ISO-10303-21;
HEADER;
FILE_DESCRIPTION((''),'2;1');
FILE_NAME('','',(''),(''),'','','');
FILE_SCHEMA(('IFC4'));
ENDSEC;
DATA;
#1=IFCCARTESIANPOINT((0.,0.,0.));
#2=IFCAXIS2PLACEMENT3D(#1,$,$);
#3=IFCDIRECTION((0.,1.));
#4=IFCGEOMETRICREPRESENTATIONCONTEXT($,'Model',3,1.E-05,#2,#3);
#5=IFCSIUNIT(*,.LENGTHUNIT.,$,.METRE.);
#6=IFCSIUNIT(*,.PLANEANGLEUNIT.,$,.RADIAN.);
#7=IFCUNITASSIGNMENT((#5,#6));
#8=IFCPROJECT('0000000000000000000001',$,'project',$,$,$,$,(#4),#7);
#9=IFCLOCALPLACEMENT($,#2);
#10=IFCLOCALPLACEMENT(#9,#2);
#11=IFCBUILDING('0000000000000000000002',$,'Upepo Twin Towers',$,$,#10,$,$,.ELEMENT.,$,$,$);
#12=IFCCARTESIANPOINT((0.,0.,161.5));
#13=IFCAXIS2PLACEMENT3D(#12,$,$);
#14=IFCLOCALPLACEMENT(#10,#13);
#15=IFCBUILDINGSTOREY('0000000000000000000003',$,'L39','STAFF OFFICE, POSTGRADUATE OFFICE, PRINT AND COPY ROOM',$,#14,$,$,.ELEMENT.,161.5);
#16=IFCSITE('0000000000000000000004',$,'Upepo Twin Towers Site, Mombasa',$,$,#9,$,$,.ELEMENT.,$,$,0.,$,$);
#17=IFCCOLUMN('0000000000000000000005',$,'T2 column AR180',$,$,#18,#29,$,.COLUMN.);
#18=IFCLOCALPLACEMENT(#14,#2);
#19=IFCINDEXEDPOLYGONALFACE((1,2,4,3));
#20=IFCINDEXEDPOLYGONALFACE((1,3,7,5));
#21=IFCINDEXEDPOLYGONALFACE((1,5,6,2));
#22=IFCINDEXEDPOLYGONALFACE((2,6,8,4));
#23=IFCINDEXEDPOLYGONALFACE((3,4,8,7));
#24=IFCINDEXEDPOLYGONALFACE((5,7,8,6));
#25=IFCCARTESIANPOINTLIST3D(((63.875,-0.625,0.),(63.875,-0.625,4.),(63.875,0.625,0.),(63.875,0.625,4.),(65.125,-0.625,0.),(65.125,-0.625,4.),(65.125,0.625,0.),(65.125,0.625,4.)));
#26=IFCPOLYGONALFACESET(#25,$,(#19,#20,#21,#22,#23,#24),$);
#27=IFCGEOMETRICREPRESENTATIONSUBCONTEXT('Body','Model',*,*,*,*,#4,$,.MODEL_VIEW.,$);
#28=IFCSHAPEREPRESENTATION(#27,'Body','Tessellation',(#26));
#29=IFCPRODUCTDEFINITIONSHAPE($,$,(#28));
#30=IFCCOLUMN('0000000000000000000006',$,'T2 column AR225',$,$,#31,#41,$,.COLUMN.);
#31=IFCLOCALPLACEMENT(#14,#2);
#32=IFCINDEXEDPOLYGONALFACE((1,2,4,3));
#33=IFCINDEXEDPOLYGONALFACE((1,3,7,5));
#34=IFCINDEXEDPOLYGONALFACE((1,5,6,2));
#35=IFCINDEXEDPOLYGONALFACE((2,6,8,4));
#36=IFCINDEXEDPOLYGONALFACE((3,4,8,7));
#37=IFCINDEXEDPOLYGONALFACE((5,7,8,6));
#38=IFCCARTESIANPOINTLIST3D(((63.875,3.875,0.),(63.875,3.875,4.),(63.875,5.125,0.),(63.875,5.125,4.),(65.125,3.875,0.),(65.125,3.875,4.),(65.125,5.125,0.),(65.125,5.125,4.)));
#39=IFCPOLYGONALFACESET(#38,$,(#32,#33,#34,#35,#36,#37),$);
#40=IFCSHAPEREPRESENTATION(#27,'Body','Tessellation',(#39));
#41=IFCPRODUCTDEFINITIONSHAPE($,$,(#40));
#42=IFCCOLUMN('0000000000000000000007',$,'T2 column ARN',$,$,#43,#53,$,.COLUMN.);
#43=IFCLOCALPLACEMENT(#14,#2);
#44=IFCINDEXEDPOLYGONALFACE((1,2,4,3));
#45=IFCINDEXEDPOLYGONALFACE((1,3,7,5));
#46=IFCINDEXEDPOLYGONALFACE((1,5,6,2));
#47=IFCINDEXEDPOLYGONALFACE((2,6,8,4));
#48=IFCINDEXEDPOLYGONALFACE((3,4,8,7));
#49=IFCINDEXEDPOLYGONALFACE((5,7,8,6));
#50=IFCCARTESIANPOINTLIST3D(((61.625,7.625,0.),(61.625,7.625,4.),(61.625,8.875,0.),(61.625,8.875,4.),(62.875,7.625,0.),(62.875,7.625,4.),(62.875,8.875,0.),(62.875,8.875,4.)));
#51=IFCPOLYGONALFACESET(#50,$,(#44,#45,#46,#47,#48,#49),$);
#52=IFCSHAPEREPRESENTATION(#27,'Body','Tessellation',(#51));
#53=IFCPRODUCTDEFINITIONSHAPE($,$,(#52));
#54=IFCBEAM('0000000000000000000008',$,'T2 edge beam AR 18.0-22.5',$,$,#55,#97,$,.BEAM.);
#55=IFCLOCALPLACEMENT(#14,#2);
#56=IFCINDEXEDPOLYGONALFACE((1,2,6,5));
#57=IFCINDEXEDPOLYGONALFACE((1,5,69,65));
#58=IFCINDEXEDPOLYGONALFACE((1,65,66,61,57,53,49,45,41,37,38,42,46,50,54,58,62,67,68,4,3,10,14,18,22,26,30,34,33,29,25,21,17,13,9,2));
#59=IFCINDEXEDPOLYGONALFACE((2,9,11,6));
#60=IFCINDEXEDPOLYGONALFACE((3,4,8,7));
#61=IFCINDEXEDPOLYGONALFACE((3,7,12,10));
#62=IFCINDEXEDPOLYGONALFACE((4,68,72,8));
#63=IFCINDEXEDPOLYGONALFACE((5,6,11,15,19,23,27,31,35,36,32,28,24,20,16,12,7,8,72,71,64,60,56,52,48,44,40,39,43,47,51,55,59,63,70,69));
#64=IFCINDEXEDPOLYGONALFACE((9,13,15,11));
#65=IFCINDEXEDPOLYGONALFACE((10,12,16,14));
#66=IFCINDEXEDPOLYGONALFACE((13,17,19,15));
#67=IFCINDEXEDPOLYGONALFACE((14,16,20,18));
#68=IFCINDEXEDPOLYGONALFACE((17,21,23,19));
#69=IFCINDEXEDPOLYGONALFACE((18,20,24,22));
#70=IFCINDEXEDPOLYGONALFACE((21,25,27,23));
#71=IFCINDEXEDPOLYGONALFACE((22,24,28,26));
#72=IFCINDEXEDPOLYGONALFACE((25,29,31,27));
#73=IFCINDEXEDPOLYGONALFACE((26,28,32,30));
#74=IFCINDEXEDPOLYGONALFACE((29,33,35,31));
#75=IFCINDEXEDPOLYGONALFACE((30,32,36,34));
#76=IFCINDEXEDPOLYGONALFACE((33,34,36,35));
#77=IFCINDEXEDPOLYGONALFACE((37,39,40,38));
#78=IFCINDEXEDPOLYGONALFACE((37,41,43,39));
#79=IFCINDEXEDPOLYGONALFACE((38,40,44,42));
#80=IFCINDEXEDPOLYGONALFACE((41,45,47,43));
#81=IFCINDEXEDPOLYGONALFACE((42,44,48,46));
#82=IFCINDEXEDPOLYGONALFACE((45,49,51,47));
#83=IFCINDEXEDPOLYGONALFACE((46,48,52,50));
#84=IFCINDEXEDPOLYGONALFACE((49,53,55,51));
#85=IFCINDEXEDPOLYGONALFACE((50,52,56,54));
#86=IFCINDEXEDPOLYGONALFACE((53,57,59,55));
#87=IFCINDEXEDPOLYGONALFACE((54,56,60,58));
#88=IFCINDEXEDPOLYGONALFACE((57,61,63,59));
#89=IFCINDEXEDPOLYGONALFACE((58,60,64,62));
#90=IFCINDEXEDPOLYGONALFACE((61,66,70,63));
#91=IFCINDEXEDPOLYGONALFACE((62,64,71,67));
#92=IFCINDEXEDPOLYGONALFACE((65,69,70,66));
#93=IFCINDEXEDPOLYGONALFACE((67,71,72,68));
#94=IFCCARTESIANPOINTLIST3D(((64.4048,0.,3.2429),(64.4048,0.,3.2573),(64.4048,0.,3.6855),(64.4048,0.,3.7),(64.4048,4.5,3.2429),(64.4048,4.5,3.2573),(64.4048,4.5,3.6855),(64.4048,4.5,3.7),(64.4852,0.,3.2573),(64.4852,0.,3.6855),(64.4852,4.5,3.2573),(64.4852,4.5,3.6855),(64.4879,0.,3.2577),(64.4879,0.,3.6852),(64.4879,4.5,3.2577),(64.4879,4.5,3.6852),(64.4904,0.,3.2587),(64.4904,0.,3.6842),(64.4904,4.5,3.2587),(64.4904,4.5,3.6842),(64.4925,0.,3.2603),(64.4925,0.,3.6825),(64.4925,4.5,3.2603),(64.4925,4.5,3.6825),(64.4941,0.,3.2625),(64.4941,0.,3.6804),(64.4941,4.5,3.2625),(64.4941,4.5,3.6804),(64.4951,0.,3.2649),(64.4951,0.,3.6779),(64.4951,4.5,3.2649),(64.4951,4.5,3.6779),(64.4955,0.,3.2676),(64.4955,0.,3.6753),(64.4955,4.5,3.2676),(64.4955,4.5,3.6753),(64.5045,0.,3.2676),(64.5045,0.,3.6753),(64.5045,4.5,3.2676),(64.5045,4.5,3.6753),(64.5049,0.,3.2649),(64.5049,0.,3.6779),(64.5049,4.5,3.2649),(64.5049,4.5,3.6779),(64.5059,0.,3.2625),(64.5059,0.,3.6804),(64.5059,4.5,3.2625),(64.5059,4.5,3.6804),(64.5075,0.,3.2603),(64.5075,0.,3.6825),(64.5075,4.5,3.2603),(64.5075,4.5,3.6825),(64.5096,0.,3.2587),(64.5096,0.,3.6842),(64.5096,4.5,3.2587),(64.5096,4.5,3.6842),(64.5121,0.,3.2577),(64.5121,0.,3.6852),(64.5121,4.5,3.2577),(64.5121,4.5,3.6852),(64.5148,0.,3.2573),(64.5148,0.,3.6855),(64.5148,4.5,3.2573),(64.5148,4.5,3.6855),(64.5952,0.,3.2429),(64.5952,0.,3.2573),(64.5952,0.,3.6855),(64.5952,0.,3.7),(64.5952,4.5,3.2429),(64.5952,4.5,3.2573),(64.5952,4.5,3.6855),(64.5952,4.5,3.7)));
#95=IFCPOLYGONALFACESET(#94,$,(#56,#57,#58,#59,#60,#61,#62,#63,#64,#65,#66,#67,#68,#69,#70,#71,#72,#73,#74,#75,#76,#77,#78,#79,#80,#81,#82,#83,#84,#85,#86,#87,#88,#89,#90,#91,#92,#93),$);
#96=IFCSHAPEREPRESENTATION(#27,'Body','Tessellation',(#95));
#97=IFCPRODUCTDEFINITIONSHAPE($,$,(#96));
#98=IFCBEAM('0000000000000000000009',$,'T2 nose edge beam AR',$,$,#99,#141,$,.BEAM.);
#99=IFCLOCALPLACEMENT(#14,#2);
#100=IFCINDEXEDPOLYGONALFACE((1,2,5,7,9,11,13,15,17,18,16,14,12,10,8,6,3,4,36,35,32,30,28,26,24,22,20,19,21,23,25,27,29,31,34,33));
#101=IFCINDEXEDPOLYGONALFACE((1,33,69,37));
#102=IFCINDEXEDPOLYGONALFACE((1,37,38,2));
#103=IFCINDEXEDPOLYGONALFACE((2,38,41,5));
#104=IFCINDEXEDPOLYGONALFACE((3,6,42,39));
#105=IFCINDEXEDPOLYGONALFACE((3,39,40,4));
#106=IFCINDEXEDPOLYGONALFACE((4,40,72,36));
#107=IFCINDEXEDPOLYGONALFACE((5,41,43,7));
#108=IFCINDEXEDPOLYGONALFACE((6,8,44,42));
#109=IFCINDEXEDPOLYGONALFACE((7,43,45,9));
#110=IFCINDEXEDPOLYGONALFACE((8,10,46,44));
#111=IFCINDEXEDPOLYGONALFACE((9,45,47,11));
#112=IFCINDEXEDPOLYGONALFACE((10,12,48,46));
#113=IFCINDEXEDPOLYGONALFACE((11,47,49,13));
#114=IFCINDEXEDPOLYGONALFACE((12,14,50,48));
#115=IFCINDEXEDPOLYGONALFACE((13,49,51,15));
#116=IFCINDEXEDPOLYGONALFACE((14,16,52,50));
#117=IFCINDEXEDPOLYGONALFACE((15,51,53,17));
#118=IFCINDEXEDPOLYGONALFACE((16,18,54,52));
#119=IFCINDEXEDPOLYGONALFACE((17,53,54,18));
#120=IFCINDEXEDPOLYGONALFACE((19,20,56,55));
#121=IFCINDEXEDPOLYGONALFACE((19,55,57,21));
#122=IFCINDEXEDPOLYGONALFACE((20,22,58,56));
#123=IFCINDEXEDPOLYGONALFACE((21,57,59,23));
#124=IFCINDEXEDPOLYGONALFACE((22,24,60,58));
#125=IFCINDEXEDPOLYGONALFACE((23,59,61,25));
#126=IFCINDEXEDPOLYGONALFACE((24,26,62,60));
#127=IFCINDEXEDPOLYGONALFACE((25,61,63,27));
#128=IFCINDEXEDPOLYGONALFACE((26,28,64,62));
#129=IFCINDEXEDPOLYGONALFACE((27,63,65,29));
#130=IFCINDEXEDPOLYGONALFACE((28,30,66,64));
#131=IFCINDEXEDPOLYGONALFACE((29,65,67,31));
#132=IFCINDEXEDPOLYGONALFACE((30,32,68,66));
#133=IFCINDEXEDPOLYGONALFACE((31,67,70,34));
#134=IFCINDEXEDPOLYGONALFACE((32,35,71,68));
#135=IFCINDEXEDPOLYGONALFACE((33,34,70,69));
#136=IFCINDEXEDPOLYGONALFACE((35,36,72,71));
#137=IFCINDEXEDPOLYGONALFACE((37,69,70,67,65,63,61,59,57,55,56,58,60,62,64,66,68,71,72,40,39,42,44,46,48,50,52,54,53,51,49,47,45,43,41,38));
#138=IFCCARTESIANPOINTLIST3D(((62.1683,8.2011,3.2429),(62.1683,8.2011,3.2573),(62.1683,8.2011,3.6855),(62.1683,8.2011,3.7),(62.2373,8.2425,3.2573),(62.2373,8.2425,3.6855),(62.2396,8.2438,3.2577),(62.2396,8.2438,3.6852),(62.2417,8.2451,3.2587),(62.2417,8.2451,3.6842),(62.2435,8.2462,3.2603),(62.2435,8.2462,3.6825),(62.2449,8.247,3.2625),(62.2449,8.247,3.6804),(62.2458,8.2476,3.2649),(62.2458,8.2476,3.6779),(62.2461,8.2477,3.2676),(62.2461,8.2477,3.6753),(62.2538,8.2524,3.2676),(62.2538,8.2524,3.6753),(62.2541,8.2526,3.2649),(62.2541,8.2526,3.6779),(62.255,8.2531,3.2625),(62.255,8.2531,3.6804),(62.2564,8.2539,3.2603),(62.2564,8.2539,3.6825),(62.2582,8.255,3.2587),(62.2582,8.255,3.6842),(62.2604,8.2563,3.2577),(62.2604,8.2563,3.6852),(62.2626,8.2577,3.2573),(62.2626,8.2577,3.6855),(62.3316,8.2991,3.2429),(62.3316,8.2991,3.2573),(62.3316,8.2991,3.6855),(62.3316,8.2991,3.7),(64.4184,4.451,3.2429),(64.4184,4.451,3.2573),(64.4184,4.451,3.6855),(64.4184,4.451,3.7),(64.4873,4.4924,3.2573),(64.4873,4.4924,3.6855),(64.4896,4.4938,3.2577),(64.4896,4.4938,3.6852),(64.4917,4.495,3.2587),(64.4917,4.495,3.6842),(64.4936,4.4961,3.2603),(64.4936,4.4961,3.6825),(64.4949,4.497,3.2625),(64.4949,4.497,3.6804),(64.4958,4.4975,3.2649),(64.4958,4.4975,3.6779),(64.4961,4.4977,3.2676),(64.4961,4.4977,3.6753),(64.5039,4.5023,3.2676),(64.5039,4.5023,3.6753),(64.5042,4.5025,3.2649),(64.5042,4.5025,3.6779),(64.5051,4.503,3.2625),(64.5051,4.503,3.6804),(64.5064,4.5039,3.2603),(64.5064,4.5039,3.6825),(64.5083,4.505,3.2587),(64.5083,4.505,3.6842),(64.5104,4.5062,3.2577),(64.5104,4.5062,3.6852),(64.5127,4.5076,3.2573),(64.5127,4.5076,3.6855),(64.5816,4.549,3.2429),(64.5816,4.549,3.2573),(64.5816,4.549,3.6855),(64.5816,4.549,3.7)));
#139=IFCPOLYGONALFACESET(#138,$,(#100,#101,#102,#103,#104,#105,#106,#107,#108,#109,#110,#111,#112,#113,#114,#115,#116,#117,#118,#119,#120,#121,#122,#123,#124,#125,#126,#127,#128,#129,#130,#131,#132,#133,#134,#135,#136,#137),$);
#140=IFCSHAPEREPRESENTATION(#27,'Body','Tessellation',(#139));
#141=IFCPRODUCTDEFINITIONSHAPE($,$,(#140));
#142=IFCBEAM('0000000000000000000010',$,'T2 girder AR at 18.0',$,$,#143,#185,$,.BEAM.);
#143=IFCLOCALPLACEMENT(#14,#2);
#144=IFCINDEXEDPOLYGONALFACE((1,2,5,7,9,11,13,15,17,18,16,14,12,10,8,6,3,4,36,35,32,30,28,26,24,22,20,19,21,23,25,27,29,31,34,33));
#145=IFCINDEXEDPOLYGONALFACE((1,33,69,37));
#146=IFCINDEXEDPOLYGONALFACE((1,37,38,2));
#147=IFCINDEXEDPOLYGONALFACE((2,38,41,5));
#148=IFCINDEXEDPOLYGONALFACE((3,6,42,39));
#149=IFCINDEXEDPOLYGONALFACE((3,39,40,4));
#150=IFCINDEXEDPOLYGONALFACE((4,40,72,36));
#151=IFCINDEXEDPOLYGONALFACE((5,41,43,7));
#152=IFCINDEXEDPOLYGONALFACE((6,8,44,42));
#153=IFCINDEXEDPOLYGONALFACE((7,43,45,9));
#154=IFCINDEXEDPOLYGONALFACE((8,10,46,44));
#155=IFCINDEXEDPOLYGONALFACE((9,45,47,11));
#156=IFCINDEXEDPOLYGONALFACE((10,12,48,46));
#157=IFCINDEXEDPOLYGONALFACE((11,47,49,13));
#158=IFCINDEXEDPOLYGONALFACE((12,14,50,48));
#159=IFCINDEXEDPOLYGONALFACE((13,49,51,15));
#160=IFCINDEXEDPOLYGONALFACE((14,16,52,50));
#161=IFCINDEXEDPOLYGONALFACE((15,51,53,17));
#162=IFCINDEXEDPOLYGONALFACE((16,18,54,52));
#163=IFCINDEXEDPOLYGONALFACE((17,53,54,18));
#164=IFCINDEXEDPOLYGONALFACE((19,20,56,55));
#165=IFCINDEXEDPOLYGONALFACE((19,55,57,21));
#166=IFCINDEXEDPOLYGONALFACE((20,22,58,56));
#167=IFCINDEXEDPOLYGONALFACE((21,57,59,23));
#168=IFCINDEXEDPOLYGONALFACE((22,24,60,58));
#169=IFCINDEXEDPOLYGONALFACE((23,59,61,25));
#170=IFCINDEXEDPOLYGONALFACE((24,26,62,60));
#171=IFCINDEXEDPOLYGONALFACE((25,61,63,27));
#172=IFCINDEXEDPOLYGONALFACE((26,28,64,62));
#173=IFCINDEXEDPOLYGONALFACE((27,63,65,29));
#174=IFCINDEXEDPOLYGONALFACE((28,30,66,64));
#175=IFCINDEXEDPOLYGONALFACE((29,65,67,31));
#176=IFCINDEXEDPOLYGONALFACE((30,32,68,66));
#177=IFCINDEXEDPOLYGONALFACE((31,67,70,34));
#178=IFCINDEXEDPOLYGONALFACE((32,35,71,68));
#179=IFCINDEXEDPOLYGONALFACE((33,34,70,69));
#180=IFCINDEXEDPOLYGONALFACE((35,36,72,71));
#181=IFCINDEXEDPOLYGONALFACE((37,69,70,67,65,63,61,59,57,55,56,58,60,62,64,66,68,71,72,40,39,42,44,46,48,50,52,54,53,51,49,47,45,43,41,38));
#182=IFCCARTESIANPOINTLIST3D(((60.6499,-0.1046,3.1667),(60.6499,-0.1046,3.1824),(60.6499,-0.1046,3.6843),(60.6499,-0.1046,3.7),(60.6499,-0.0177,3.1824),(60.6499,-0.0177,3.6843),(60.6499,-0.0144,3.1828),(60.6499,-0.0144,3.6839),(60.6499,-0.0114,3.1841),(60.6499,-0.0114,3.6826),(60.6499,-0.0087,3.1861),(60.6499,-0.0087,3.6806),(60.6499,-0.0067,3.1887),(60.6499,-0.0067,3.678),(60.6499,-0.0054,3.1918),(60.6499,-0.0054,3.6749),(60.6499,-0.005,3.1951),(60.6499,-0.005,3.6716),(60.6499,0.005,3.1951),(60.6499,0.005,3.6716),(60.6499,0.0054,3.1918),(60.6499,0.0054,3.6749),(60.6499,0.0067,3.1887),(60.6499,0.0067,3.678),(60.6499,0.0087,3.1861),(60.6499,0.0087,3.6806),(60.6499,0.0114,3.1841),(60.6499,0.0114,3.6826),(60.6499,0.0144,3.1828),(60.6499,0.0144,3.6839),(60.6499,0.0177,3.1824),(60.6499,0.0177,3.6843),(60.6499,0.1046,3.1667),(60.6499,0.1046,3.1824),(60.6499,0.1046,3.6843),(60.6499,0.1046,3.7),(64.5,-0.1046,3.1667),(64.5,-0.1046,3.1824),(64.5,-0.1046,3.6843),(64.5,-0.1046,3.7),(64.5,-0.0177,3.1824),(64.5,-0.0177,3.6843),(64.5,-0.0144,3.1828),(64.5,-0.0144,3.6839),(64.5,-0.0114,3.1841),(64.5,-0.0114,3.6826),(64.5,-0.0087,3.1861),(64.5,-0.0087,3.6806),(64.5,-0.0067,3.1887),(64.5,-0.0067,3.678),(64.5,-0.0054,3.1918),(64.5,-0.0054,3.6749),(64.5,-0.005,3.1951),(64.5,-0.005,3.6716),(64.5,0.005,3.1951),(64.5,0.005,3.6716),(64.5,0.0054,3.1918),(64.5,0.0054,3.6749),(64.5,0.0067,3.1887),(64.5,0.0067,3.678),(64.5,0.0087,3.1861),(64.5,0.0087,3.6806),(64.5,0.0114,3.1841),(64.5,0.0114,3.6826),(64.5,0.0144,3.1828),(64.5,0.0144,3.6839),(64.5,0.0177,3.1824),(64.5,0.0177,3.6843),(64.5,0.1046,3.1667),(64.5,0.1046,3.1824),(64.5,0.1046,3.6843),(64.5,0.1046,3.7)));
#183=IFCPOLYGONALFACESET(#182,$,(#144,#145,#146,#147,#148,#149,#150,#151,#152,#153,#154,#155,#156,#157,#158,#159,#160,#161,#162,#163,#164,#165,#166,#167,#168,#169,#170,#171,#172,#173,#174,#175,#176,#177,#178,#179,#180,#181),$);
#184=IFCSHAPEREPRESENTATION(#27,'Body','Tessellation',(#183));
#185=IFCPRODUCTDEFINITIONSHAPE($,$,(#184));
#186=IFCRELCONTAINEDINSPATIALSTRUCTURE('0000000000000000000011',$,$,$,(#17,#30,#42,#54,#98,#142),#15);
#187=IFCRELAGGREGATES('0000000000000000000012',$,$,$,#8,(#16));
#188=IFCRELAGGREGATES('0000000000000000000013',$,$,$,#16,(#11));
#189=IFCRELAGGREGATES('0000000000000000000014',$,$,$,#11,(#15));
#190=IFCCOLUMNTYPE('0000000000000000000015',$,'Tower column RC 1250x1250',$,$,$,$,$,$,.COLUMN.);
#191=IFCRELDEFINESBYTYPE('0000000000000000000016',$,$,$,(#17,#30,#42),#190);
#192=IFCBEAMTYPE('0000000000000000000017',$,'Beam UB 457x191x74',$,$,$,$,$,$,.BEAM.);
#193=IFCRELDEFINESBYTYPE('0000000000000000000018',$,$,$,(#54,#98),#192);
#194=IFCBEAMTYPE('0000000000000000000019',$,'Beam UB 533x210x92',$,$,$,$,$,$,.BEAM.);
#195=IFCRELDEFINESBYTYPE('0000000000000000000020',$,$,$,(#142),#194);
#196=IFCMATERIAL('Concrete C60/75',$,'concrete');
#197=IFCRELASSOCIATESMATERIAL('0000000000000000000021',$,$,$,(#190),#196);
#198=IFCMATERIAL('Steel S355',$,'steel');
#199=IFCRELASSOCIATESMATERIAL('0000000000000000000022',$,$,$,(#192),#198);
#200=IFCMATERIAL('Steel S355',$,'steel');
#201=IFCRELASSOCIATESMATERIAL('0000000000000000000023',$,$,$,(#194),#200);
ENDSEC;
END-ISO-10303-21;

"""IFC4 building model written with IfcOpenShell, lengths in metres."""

from ifc_helpers import new_model, si_unit, direction, frame, origin, origin_2d, place, context, subcontext, project, spatial, rectangle, i_section, extrude, material, material_profile, profile_set, type_object, element, save


model = new_model("IFC4")

# Units and contexts
model_context = context("Model", 3, precision=1e-05, world=origin(), true_north=direction((0.0, 1.0)))
body_context = subcontext(model_context, "Body", "Model", "MODEL_VIEW")
ifc_project = project(units=[si_unit("LENGTHUNIT", "METRE"), si_unit("PLANEANGLEUNIT", "RADIAN")], contexts=[model_context])

# Site, building, storey
site_placement = place(None, origin())
site = spatial("IfcSite", under=ifc_project, at=site_placement, Name="Upepo Twin Towers Site, Mombasa", CompositionType="ELEMENT", RefElevation=0.0)
building_placement = place(site_placement, origin())
building = spatial("IfcBuilding", under=site, at=building_placement, Name="Upepo Twin Towers", CompositionType="ELEMENT")
storey_placement = place(building_placement, frame((0.0, 0.0, 161.5)))
storey = spatial("IfcBuildingStorey", under=building, at=storey_placement, Name="L39", Description="STAFF OFFICE, POSTGRADUATE OFFICE, PRINT AND COPY ROOM", CompositionType="ELEMENT", Elevation=161.5)

# Columns
ifc_material_1 = material(Name="Concrete C60/75", Category="concrete")
ifc_material_profile_1 = material_profile(ifc_material_1, rectangle(XDim=1.25, YDim=1.25, at=origin_2d()), Name="RC 1250x1250")
ifc_profile_set_1 = profile_set([ifc_material_profile_1], Name="Concrete C60/75")
column_type = type_object("IfcColumnType", Name="Tower column RC 1250x1250", PredefinedType="COLUMN", material=ifc_profile_set_1)
for number, where, z_axis, x_axis, name in (
    (1, (64.5, 0.0, 0.0), (0.0, 0.0, 1.0), (1.0, 0.0, 0.0), "T2 column AR180"),
    (2, (64.5, 4.5, 0.0), (0.0, 0.0, 1.0), (1.0, 0.0, 0.0), "T2 column AR225"),
    (3, (62.25, 8.25, 0.0), (0.0, 0.0, 1.0), (1.0, 0.0, 0.0), "T2 column ARN"),
):
    element("IfcColumn", number, at=place(storey_placement, frame(where, z_axis=z_axis, x_axis=x_axis)), inside=storey, type_object=column_type, Name=name, PredefinedType="COLUMN", context=body_context, shape_type="SweptSolid", body=[
        extrude(rectangle(XDim=1.25, YDim=1.25, at=origin_2d()), origin(), (0.0, 0.0, 1.0), 4.0),
    ])

# Beams
ifc_material_2 = material(Name="Steel S355", Category="steel")
ifc_material_profile_2 = material_profile(ifc_material_2, i_section(OverallWidth=0.1904, OverallDepth=0.457, WebThickness=0.009, FlangeThickness=0.0144, FilletRadius=0.0103, at=origin_2d()), Name="UB 457x191x74")
ifc_profile_set_2 = profile_set([ifc_material_profile_2], Name="Steel S355")
beam_type_1 = type_object("IfcBeamType", Name="Beam UB 457x191x74", PredefinedType="BEAM", material=ifc_profile_set_2)
beam_1_placement = place(storey_placement, frame((64.5, 0.0, 3.4714), z_axis=(0.0, 1.0, 0.0), x_axis=(-1.0, 0.0, 0.0)))
element("IfcBeam", 4, at=beam_1_placement, inside=storey, type_object=beam_type_1, Name="T2 edge beam AR 18.0-22.5", PredefinedType="BEAM", context=body_context, shape_type="SweptSolid", body=[
    extrude(i_section(OverallWidth=0.1904, OverallDepth=0.457, WebThickness=0.009, FlangeThickness=0.0144, FilletRadius=0.0103, at=origin_2d()), origin(), (0.0, 0.0, 1.0), 4.5),
])
beam_2_placement = place(storey_placement, frame((64.5, 4.5, 3.4714), z_axis=(-0.514496, 0.857493, 0.0), x_axis=(-0.857493, -0.514496, 0.0)))
element("IfcBeam", 5, at=beam_2_placement, inside=storey, type_object=beam_type_1, Name="T2 nose edge beam AR", PredefinedType="BEAM", context=body_context, shape_type="SweptSolid", body=[
    extrude(i_section(OverallWidth=0.1904, OverallDepth=0.457, WebThickness=0.009, FlangeThickness=0.0144, FilletRadius=0.0103, at=origin_2d()), origin(), (0.0, 0.0, 1.0), 4.3733),
])
ifc_material_3 = material(Name="Steel S355", Category="steel")
ifc_material_profile_3 = material_profile(ifc_material_3, i_section(OverallWidth=0.2092, OverallDepth=0.5332, WebThickness=0.01, FlangeThickness=0.0156, FilletRadius=0.0127, at=origin_2d()), Name="UB 533x210x92")
ifc_profile_set_3 = profile_set([ifc_material_profile_3], Name="Steel S355")
beam_type_2 = type_object("IfcBeamType", Name="Beam UB 533x210x92", PredefinedType="BEAM", material=ifc_profile_set_3)
for number, where, z_axis, x_axis, name in (
    (6, (64.5, 0.0, 3.4333), (-1.0, 0.0, 0.0), (0.0, -1.0, 0.0), "T2 girder AR at 18.0"),
):
    element("IfcBeam", number, at=place(storey_placement, frame(where, z_axis=z_axis, x_axis=x_axis)), inside=storey, type_object=beam_type_2, Name=name, PredefinedType="BEAM", context=body_context, shape_type="SweptSolid", body=[
        extrude(i_section(OverallWidth=0.2092, OverallDepth=0.5332, WebThickness=0.01, FlangeThickness=0.0156, FilletRadius=0.0127, at=origin_2d()), origin(), (0.0, 0.0, 1.0), 3.8501),
    ])

save(model, "model.ifc")
